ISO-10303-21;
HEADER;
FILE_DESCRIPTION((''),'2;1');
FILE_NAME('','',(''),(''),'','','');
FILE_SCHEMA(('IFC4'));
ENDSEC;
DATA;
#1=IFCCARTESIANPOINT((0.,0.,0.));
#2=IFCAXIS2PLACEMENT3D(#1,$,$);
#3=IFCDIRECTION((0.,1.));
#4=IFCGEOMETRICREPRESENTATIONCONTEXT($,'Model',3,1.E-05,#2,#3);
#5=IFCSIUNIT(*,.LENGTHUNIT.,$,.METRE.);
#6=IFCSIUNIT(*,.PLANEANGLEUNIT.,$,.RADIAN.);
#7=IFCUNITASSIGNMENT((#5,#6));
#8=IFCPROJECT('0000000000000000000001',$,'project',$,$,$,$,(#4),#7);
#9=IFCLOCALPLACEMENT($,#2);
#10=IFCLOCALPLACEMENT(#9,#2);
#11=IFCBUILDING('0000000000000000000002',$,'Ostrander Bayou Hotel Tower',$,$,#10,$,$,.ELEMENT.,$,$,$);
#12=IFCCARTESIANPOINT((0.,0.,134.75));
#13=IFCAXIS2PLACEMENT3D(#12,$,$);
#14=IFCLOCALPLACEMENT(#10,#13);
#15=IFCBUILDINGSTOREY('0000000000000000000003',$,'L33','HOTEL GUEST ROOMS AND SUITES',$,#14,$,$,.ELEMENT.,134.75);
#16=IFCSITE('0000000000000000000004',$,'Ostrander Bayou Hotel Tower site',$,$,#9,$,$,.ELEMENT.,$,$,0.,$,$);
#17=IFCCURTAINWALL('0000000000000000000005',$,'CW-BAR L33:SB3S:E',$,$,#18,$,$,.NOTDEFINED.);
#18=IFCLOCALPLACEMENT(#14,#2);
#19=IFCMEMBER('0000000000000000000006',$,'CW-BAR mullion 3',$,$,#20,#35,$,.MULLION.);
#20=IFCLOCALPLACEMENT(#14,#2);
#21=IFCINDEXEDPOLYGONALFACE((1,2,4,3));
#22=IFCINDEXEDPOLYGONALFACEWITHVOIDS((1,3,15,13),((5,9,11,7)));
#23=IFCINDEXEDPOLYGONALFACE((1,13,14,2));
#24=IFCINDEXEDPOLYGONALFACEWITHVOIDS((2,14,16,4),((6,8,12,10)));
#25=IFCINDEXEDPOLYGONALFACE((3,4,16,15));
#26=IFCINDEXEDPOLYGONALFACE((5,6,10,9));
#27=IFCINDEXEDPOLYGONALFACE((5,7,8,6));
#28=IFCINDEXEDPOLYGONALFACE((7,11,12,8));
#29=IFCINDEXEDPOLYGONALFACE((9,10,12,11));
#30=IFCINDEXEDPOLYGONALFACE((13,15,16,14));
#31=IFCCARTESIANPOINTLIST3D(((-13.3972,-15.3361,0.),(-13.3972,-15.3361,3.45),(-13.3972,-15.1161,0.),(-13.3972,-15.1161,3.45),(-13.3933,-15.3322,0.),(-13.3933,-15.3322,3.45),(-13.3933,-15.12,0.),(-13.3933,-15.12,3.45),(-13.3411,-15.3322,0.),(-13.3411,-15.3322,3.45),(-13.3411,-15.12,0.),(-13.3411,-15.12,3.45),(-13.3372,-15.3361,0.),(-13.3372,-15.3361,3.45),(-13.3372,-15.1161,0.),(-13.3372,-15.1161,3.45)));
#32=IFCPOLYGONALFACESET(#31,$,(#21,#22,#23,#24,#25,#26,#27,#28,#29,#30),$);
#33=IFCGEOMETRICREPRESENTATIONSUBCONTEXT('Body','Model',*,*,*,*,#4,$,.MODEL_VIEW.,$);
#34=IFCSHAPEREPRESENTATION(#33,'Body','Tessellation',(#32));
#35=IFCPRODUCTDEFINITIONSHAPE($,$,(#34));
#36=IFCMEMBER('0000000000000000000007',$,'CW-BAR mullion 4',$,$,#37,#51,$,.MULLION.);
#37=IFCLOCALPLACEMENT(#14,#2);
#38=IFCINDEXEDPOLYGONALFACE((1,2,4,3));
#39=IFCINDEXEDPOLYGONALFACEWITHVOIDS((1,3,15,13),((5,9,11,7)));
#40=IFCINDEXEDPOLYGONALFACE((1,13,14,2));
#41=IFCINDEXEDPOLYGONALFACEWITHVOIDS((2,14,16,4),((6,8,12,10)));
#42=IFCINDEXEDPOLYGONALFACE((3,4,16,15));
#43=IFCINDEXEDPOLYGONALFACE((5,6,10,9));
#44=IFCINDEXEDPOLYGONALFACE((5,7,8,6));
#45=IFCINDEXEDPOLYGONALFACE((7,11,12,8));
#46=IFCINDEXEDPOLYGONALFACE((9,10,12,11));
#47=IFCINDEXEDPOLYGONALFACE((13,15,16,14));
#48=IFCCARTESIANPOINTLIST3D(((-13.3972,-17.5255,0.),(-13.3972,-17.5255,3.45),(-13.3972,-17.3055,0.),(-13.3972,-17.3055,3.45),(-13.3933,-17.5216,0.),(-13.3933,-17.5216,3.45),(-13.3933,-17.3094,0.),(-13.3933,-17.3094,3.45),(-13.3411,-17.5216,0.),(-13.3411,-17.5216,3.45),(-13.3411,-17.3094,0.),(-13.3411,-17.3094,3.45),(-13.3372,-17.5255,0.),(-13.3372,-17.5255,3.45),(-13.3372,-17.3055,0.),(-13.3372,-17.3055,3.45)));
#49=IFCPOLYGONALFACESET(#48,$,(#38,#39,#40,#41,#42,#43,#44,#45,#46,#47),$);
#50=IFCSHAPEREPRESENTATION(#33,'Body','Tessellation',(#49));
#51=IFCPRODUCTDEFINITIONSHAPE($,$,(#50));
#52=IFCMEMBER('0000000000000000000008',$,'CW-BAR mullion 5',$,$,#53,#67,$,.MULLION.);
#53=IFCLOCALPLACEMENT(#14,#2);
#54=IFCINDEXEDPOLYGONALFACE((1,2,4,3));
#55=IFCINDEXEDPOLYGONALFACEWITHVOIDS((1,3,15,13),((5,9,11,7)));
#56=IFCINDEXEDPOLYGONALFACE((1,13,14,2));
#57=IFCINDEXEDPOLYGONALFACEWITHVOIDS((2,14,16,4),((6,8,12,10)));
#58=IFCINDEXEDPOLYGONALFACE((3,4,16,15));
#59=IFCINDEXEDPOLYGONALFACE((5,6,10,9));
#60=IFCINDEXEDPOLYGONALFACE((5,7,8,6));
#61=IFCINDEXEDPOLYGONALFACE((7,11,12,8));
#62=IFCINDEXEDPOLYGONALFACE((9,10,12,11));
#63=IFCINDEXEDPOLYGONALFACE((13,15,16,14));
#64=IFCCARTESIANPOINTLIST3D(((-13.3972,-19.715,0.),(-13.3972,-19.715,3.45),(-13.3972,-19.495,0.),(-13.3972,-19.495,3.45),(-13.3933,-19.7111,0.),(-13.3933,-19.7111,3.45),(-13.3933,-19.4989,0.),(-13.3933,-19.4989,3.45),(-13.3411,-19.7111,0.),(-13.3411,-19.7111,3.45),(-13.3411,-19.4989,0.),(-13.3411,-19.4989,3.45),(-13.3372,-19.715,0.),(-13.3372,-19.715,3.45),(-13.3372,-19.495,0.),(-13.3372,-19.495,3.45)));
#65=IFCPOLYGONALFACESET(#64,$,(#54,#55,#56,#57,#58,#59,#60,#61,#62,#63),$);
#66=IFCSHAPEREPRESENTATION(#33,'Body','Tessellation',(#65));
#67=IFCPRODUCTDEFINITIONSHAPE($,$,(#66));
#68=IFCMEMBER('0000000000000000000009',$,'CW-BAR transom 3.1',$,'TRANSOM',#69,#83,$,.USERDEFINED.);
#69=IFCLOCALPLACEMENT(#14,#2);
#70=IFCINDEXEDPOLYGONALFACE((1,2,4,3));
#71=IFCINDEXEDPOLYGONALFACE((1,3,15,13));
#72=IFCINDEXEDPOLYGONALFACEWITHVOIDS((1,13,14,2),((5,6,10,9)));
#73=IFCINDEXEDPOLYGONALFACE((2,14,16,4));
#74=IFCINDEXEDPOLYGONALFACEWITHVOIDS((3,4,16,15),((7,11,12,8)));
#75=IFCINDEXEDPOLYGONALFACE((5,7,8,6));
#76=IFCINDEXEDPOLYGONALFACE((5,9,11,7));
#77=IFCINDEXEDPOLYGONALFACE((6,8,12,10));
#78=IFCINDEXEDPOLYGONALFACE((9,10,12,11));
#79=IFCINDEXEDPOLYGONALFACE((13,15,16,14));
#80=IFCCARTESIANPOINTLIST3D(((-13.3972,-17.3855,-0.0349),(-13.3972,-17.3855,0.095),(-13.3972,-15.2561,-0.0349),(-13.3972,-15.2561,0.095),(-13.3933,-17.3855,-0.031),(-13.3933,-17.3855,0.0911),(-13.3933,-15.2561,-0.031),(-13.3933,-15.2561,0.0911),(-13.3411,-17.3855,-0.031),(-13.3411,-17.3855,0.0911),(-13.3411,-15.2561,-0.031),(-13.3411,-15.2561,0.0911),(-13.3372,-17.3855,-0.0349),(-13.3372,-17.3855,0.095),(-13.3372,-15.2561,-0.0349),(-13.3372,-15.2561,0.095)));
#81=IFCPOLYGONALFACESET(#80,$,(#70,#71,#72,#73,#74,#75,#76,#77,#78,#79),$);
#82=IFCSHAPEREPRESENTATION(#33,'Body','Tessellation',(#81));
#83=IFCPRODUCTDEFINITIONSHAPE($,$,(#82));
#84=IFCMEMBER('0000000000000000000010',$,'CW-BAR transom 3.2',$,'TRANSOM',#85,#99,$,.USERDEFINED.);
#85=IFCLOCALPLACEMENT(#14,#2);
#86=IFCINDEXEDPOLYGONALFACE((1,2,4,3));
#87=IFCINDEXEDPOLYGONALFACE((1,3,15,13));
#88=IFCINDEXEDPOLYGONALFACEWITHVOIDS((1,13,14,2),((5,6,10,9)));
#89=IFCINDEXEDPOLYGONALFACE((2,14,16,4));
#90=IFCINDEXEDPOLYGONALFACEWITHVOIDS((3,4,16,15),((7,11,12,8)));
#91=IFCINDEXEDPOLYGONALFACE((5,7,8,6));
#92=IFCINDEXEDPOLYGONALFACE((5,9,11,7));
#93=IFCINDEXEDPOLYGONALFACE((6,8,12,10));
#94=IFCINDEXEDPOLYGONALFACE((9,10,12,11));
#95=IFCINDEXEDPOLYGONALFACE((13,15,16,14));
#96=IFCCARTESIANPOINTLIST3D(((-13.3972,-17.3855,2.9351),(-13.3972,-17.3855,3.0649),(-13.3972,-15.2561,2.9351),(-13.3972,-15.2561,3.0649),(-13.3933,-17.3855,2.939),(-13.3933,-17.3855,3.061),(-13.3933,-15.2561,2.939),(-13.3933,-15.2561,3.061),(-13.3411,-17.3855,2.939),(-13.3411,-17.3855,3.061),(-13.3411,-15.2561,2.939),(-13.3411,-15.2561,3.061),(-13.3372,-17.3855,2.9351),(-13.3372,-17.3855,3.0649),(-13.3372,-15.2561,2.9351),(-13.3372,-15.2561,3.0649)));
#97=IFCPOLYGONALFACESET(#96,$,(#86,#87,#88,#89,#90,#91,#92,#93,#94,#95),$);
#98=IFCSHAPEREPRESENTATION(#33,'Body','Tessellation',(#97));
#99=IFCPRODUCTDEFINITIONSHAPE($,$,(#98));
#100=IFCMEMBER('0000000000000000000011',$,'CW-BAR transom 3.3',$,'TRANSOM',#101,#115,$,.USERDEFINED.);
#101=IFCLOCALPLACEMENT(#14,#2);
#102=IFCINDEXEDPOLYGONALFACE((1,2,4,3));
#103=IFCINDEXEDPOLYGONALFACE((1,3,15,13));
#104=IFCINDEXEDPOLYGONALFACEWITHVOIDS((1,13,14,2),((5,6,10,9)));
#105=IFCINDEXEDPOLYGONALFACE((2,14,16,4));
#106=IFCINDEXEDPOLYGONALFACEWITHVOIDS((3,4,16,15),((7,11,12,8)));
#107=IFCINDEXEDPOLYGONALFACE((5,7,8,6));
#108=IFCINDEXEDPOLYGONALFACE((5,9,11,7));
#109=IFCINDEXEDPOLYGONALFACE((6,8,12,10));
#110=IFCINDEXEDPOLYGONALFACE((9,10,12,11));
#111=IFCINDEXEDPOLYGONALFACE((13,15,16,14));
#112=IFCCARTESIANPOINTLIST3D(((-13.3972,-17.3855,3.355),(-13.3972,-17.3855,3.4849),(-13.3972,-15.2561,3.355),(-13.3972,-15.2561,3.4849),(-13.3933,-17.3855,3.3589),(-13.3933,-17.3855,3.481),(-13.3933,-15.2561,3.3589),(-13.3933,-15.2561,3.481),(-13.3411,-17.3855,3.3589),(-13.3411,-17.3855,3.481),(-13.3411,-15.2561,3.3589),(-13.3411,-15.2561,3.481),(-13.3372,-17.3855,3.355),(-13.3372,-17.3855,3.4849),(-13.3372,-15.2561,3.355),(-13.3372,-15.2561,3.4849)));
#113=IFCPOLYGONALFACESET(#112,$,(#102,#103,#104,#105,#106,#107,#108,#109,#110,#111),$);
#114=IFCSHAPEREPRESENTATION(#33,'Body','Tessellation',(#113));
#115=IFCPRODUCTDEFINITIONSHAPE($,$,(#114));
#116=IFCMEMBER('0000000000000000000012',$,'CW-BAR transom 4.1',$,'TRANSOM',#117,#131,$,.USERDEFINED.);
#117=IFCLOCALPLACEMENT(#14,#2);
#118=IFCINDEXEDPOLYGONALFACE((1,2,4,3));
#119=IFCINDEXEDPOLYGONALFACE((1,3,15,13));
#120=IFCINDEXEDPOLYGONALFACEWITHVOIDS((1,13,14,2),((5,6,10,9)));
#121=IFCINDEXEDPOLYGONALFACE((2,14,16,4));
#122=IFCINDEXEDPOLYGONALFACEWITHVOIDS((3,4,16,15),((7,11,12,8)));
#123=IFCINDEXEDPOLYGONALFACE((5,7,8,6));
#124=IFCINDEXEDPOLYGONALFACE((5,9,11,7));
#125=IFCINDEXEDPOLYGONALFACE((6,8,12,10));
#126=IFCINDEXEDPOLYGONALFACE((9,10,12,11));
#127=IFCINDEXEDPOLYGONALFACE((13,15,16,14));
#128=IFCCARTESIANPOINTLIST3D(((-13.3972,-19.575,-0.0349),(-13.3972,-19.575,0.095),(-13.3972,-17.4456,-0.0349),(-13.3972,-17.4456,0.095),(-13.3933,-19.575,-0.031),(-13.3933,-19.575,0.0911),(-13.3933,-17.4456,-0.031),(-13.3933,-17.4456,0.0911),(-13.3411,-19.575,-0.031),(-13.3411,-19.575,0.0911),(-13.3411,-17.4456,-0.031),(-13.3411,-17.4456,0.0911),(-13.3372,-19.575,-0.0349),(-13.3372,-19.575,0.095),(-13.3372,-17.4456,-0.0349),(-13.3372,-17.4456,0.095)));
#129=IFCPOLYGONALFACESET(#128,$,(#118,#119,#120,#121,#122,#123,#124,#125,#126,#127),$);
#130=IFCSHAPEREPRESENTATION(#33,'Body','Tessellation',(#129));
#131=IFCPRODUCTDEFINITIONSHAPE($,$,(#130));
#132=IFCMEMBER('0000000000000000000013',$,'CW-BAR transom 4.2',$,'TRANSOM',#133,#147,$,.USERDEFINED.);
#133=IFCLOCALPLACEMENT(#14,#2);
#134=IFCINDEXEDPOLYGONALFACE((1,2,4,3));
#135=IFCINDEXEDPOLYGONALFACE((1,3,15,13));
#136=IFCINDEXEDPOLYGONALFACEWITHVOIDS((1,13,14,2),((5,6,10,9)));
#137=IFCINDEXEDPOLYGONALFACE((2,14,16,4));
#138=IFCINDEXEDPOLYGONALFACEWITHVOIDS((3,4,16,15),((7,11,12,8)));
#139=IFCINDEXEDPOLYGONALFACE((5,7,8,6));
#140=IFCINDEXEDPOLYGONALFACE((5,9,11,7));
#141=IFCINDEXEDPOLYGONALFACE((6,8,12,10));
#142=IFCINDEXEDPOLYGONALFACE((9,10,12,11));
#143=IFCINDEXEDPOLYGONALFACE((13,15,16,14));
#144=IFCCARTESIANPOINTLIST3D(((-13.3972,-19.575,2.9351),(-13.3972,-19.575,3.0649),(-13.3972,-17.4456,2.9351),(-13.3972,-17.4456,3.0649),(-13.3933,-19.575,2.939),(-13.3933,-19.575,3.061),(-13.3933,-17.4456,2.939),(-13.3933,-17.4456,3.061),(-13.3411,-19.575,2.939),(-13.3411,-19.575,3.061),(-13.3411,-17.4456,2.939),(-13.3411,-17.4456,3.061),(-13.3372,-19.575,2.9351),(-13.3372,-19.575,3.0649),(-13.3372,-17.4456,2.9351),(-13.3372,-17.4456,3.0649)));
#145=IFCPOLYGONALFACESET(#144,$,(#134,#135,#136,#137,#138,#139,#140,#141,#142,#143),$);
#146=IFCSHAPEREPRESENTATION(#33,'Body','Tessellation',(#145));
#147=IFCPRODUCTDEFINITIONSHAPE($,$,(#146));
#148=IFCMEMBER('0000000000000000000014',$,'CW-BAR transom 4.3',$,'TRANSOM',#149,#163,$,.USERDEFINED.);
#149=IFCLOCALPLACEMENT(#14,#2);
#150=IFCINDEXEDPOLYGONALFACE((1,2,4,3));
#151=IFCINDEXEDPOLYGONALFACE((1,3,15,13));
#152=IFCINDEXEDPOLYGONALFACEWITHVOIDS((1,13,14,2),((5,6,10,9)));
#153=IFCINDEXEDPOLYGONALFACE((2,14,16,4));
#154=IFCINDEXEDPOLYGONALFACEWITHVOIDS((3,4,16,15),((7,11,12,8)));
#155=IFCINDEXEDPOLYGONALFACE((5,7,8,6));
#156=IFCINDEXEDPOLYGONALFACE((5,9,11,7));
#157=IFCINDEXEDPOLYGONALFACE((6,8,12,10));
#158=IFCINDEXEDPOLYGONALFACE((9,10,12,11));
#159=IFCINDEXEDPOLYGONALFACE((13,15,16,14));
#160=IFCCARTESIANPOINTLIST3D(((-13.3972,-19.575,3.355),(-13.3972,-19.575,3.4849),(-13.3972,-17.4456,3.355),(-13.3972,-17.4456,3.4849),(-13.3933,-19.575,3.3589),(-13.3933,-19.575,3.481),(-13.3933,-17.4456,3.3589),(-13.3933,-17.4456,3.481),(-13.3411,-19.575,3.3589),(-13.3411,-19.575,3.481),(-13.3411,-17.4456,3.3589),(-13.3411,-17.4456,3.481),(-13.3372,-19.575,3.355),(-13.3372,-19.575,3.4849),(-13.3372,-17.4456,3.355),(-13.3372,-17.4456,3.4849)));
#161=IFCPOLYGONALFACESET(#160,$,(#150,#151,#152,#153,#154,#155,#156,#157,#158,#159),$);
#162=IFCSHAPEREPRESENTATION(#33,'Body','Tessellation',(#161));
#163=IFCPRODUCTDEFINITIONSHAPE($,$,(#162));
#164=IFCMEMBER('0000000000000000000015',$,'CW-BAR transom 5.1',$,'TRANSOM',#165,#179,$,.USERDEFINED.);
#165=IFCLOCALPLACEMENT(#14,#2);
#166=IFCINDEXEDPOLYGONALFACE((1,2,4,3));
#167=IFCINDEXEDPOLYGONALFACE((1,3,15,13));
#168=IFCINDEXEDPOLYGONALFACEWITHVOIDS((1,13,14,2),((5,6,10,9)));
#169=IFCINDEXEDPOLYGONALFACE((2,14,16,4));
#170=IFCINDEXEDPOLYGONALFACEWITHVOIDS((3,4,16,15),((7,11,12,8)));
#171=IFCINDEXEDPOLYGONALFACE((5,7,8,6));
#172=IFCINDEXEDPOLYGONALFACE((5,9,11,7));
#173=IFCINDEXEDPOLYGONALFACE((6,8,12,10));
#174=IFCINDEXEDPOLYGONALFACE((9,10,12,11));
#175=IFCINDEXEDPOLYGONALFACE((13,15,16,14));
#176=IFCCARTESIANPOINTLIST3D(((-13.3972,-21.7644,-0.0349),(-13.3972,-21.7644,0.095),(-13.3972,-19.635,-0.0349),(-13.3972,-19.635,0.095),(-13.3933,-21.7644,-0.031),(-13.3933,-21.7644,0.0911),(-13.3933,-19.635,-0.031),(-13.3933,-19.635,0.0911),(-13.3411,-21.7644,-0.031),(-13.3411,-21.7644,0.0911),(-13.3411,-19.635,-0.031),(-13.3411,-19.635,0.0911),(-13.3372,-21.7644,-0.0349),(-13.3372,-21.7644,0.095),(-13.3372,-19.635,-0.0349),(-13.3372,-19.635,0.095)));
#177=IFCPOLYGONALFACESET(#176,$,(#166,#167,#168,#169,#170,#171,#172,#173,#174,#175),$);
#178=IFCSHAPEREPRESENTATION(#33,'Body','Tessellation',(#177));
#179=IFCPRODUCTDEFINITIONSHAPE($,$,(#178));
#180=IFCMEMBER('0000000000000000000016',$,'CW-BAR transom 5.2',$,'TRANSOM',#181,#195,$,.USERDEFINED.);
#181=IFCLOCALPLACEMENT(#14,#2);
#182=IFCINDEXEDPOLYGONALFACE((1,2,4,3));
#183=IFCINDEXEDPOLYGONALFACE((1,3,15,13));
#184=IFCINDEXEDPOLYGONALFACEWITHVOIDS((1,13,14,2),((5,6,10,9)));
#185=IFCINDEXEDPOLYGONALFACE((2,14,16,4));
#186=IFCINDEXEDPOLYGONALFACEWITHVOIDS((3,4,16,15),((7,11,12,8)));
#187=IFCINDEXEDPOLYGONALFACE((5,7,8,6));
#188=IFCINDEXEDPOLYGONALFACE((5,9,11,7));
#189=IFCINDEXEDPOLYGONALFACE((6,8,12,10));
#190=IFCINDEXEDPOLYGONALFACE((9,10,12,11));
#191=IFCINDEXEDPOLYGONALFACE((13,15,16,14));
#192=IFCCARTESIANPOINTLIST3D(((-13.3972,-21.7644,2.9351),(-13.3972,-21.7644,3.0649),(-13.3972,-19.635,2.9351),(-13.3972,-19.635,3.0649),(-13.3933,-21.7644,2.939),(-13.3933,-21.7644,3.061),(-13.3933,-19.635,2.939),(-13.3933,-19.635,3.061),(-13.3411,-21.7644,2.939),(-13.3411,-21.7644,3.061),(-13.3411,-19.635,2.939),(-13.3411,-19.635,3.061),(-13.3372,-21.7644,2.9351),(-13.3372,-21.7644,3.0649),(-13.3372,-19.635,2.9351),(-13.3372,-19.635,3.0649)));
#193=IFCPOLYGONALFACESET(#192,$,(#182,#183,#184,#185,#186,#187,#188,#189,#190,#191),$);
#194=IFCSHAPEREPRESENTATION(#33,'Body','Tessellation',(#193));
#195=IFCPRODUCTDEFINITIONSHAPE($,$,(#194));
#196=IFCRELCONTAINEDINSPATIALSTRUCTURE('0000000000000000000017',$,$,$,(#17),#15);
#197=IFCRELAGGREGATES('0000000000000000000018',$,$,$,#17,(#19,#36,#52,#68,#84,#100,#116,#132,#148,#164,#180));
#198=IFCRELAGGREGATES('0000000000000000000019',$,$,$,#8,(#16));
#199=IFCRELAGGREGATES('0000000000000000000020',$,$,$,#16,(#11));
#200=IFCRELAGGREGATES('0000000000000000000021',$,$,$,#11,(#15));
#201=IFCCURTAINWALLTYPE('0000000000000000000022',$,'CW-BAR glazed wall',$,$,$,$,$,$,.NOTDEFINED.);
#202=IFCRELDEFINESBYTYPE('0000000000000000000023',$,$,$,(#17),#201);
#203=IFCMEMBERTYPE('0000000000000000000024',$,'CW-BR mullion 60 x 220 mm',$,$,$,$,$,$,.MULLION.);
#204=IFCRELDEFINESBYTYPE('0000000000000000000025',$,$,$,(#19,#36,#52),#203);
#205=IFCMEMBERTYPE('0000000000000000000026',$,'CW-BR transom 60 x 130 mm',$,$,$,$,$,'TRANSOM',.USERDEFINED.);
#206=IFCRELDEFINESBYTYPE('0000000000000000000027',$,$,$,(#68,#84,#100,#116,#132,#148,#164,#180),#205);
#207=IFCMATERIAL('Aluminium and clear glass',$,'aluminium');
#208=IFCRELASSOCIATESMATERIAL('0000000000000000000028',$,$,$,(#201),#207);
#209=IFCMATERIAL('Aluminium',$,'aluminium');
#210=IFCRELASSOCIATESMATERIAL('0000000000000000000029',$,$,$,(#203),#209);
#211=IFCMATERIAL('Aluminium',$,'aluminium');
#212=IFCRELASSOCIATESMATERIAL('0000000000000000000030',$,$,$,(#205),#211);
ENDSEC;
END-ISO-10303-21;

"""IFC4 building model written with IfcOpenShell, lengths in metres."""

from ifc_helpers import new_model, si_unit, direction, frame, origin, origin_2d, place, context, subcontext, project, spatial, hollow_rectangle, extrude, material, material_profile, profile_set, type_object, element, aggregate, save


model = new_model("IFC4")

# Units and contexts
model_context = context("Model", 3, precision=1e-05, world=origin(), true_north=direction((0.0, 1.0)))
body_context = subcontext(model_context, "Body", "Model", "MODEL_VIEW")
ifc_project = project(units=[si_unit("LENGTHUNIT", "METRE"), si_unit("PLANEANGLEUNIT", "RADIAN")], contexts=[model_context])

# Site, building, storey
site_placement = place(None, origin())
site = spatial("IfcSite", under=ifc_project, at=site_placement, Name="Ostrander Bayou Hotel Tower site", CompositionType="ELEMENT", RefElevation=0.0)
building_placement = place(site_placement, origin())
building = spatial("IfcBuilding", under=site, at=building_placement, Name="Ostrander Bayou Hotel Tower", CompositionType="ELEMENT")
storey_placement = place(building_placement, frame((0.0, 0.0, 134.75)))
storey = spatial("IfcBuildingStorey", under=building, at=storey_placement, Name="L33", Description="HOTEL GUEST ROOMS AND SUITES", CompositionType="ELEMENT", Elevation=134.75)

# Curtain wall, members
ifc_material_1 = material(Name="Aluminium and clear glass", Category="aluminium")
curtain_wall_type = type_object("IfcCurtainWallType", Name="CW-BAR glazed wall", PredefinedType="NOTDEFINED", material=ifc_material_1)
curtain_wall_placement = place(storey_placement, origin())
curtain_wall = element("IfcCurtainWall", 1, at=curtain_wall_placement, inside=storey, type_object=curtain_wall_type, Name="CW-BAR L33:SB3S:E", PredefinedType="NOTDEFINED")
ifc_material_2 = material(Name="Aluminium", Category="aluminium")
ifc_material_profile_1 = material_profile(ifc_material_2, hollow_rectangle(XDim=0.0601, YDim=0.22, WallThickness=0.0039, at=origin_2d()))
ifc_profile_set_1 = profile_set([ifc_material_profile_1], Name="Aluminium")
member_type_1 = type_object("IfcMemberType", Name="CW-BR mullion 60 x 220 mm", PredefinedType="MULLION", material=ifc_profile_set_1)
member_1_placement = place(storey_placement, frame((-13.3672, -15.2261, 0.0), z_axis=(0.0, 0.0, 1.0), x_axis=(1.0, 0.0, 0.0)))
member_1 = element("IfcMember", 2, at=member_1_placement, type_object=member_type_1, Name="CW-BAR mullion 3", PredefinedType="MULLION", context=body_context, shape_type="SweptSolid", body=[
    extrude(hollow_rectangle(XDim=0.0601, YDim=0.22, WallThickness=0.0039, at=origin_2d()), origin(), (0.0, 0.0, 1.0), 3.45),
])
member_2_placement = place(storey_placement, frame((-13.3672, -17.4155, 0.0), z_axis=(0.0, 0.0, 1.0), x_axis=(1.0, 0.0, 0.0)))
member_2 = element("IfcMember", 3, at=member_2_placement, type_object=member_type_1, Name="CW-BAR mullion 4", PredefinedType="MULLION", context=body_context, shape_type="SweptSolid", body=[
    extrude(hollow_rectangle(XDim=0.0601, YDim=0.22, WallThickness=0.0039, at=origin_2d()), origin(), (0.0, 0.0, 1.0), 3.45),
])
member_3_placement = place(storey_placement, frame((-13.3672, -19.605, 0.0), z_axis=(0.0, 0.0, 1.0), x_axis=(1.0, 0.0, 0.0)))
member_3 = element("IfcMember", 4, at=member_3_placement, type_object=member_type_1, Name="CW-BAR mullion 5", PredefinedType="MULLION", context=body_context, shape_type="SweptSolid", body=[
    extrude(hollow_rectangle(XDim=0.0601, YDim=0.22, WallThickness=0.0039, at=origin_2d()), origin(), (0.0, 0.0, 1.0), 3.45),
])
ifc_material_3 = material(Name="Aluminium", Category="aluminium")
ifc_material_profile_2 = material_profile(ifc_material_3, hollow_rectangle(XDim=0.0601, YDim=0.1299, WallThickness=0.0039, at=origin_2d()))
ifc_profile_set_2 = profile_set([ifc_material_profile_2], Name="Aluminium")
member_type_2 = type_object("IfcMemberType", Name="CW-BR transom 60 x 130 mm", ElementType="TRANSOM", PredefinedType="USERDEFINED", material=ifc_profile_set_2)
member_4_placement = place(storey_placement, frame((-13.3672, -15.2561, 0.03), z_axis=(0.0, -1.0, 0.0), x_axis=(1.0, 0.0, 0.0)))
member_4 = element("IfcMember", 5, at=member_4_placement, type_object=member_type_2, Name="CW-BAR transom 3.1", ObjectType="TRANSOM", PredefinedType="USERDEFINED", context=body_context, shape_type="SweptSolid", body=[
    extrude(hollow_rectangle(XDim=0.0601, YDim=0.1299, WallThickness=0.0039, at=origin_2d()), origin(), (0.0, 0.0, 1.0), 2.1294),
])
member_5_placement = place(storey_placement, frame((-13.3672, -15.2561, 3.0), z_axis=(0.0, -1.0, 0.0), x_axis=(1.0, 0.0, 0.0)))
member_5 = element("IfcMember", 6, at=member_5_placement, type_object=member_type_2, Name="CW-BAR transom 3.2", ObjectType="TRANSOM", PredefinedType="USERDEFINED", context=body_context, shape_type="SweptSolid", body=[
    extrude(hollow_rectangle(XDim=0.0601, YDim=0.1299, WallThickness=0.0039, at=origin_2d()), origin(), (0.0, 0.0, 1.0), 2.1294),
])
member_6_placement = place(storey_placement, frame((-13.3672, -15.2561, 3.4199), z_axis=(0.0, -1.0, 0.0), x_axis=(1.0, 0.0, 0.0)))
member_6 = element("IfcMember", 7, at=member_6_placement, type_object=member_type_2, Name="CW-BAR transom 3.3", ObjectType="TRANSOM", PredefinedType="USERDEFINED", context=body_context, shape_type="SweptSolid", body=[
    extrude(hollow_rectangle(XDim=0.0601, YDim=0.1299, WallThickness=0.0039, at=origin_2d()), origin(), (0.0, 0.0, 1.0), 2.1294),
])
member_7_placement = place(storey_placement, frame((-13.3672, -17.4456, 0.03), z_axis=(0.0, -1.0, 0.0), x_axis=(1.0, 0.0, 0.0)))
member_7 = element("IfcMember", 8, at=member_7_placement, type_object=member_type_2, Name="CW-BAR transom 4.1", ObjectType="TRANSOM", PredefinedType="USERDEFINED", context=body_context, shape_type="SweptSolid", body=[
    extrude(hollow_rectangle(XDim=0.0601, YDim=0.1299, WallThickness=0.0039, at=origin_2d()), origin(), (0.0, 0.0, 1.0), 2.1294),
])
member_8_placement = place(storey_placement, frame((-13.3672, -17.4456, 3.0), z_axis=(0.0, -1.0, 0.0), x_axis=(1.0, 0.0, 0.0)))
member_8 = element("IfcMember", 9, at=member_8_placement, type_object=member_type_2, Name="CW-BAR transom 4.2", ObjectType="TRANSOM", PredefinedType="USERDEFINED", context=body_context, shape_type="SweptSolid", body=[
    extrude(hollow_rectangle(XDim=0.0601, YDim=0.1299, WallThickness=0.0039, at=origin_2d()), origin(), (0.0, 0.0, 1.0), 2.1294),
])
member_9_placement = place(storey_placement, frame((-13.3672, -17.4456, 3.4199), z_axis=(0.0, -1.0, 0.0), x_axis=(1.0, 0.0, 0.0)))
member_9 = element("IfcMember", 10, at=member_9_placement, type_object=member_type_2, Name="CW-BAR transom 4.3", ObjectType="TRANSOM", PredefinedType="USERDEFINED", context=body_context, shape_type="SweptSolid", body=[
    extrude(hollow_rectangle(XDim=0.0601, YDim=0.1299, WallThickness=0.0039, at=origin_2d()), origin(), (0.0, 0.0, 1.0), 2.1294),
])
member_10_placement = place(storey_placement, frame((-13.3672, -19.635, 0.03), z_axis=(0.0, -1.0, 0.0), x_axis=(1.0, 0.0, 0.0)))
member_10 = element("IfcMember", 11, at=member_10_placement, type_object=member_type_2, Name="CW-BAR transom 5.1", ObjectType="TRANSOM", PredefinedType="USERDEFINED", context=body_context, shape_type="SweptSolid", body=[
    extrude(hollow_rectangle(XDim=0.0601, YDim=0.1299, WallThickness=0.0039, at=origin_2d()), origin(), (0.0, 0.0, 1.0), 2.1294),
])
member_11_placement = place(storey_placement, frame((-13.3672, -19.635, 3.0), z_axis=(0.0, -1.0, 0.0), x_axis=(1.0, 0.0, 0.0)))
member_11 = element("IfcMember", 12, at=member_11_placement, type_object=member_type_2, Name="CW-BAR transom 5.2", ObjectType="TRANSOM", PredefinedType="USERDEFINED", context=body_context, shape_type="SweptSolid", body=[
    extrude(hollow_rectangle(XDim=0.0601, YDim=0.1299, WallThickness=0.0039, at=origin_2d()), origin(), (0.0, 0.0, 1.0), 2.1294),
])
aggregate(curtain_wall, [member_1, member_2, member_3, member_4, member_5, member_6, member_7, member_8, member_9, member_10, member_11])

save(model, "model.ifc")
